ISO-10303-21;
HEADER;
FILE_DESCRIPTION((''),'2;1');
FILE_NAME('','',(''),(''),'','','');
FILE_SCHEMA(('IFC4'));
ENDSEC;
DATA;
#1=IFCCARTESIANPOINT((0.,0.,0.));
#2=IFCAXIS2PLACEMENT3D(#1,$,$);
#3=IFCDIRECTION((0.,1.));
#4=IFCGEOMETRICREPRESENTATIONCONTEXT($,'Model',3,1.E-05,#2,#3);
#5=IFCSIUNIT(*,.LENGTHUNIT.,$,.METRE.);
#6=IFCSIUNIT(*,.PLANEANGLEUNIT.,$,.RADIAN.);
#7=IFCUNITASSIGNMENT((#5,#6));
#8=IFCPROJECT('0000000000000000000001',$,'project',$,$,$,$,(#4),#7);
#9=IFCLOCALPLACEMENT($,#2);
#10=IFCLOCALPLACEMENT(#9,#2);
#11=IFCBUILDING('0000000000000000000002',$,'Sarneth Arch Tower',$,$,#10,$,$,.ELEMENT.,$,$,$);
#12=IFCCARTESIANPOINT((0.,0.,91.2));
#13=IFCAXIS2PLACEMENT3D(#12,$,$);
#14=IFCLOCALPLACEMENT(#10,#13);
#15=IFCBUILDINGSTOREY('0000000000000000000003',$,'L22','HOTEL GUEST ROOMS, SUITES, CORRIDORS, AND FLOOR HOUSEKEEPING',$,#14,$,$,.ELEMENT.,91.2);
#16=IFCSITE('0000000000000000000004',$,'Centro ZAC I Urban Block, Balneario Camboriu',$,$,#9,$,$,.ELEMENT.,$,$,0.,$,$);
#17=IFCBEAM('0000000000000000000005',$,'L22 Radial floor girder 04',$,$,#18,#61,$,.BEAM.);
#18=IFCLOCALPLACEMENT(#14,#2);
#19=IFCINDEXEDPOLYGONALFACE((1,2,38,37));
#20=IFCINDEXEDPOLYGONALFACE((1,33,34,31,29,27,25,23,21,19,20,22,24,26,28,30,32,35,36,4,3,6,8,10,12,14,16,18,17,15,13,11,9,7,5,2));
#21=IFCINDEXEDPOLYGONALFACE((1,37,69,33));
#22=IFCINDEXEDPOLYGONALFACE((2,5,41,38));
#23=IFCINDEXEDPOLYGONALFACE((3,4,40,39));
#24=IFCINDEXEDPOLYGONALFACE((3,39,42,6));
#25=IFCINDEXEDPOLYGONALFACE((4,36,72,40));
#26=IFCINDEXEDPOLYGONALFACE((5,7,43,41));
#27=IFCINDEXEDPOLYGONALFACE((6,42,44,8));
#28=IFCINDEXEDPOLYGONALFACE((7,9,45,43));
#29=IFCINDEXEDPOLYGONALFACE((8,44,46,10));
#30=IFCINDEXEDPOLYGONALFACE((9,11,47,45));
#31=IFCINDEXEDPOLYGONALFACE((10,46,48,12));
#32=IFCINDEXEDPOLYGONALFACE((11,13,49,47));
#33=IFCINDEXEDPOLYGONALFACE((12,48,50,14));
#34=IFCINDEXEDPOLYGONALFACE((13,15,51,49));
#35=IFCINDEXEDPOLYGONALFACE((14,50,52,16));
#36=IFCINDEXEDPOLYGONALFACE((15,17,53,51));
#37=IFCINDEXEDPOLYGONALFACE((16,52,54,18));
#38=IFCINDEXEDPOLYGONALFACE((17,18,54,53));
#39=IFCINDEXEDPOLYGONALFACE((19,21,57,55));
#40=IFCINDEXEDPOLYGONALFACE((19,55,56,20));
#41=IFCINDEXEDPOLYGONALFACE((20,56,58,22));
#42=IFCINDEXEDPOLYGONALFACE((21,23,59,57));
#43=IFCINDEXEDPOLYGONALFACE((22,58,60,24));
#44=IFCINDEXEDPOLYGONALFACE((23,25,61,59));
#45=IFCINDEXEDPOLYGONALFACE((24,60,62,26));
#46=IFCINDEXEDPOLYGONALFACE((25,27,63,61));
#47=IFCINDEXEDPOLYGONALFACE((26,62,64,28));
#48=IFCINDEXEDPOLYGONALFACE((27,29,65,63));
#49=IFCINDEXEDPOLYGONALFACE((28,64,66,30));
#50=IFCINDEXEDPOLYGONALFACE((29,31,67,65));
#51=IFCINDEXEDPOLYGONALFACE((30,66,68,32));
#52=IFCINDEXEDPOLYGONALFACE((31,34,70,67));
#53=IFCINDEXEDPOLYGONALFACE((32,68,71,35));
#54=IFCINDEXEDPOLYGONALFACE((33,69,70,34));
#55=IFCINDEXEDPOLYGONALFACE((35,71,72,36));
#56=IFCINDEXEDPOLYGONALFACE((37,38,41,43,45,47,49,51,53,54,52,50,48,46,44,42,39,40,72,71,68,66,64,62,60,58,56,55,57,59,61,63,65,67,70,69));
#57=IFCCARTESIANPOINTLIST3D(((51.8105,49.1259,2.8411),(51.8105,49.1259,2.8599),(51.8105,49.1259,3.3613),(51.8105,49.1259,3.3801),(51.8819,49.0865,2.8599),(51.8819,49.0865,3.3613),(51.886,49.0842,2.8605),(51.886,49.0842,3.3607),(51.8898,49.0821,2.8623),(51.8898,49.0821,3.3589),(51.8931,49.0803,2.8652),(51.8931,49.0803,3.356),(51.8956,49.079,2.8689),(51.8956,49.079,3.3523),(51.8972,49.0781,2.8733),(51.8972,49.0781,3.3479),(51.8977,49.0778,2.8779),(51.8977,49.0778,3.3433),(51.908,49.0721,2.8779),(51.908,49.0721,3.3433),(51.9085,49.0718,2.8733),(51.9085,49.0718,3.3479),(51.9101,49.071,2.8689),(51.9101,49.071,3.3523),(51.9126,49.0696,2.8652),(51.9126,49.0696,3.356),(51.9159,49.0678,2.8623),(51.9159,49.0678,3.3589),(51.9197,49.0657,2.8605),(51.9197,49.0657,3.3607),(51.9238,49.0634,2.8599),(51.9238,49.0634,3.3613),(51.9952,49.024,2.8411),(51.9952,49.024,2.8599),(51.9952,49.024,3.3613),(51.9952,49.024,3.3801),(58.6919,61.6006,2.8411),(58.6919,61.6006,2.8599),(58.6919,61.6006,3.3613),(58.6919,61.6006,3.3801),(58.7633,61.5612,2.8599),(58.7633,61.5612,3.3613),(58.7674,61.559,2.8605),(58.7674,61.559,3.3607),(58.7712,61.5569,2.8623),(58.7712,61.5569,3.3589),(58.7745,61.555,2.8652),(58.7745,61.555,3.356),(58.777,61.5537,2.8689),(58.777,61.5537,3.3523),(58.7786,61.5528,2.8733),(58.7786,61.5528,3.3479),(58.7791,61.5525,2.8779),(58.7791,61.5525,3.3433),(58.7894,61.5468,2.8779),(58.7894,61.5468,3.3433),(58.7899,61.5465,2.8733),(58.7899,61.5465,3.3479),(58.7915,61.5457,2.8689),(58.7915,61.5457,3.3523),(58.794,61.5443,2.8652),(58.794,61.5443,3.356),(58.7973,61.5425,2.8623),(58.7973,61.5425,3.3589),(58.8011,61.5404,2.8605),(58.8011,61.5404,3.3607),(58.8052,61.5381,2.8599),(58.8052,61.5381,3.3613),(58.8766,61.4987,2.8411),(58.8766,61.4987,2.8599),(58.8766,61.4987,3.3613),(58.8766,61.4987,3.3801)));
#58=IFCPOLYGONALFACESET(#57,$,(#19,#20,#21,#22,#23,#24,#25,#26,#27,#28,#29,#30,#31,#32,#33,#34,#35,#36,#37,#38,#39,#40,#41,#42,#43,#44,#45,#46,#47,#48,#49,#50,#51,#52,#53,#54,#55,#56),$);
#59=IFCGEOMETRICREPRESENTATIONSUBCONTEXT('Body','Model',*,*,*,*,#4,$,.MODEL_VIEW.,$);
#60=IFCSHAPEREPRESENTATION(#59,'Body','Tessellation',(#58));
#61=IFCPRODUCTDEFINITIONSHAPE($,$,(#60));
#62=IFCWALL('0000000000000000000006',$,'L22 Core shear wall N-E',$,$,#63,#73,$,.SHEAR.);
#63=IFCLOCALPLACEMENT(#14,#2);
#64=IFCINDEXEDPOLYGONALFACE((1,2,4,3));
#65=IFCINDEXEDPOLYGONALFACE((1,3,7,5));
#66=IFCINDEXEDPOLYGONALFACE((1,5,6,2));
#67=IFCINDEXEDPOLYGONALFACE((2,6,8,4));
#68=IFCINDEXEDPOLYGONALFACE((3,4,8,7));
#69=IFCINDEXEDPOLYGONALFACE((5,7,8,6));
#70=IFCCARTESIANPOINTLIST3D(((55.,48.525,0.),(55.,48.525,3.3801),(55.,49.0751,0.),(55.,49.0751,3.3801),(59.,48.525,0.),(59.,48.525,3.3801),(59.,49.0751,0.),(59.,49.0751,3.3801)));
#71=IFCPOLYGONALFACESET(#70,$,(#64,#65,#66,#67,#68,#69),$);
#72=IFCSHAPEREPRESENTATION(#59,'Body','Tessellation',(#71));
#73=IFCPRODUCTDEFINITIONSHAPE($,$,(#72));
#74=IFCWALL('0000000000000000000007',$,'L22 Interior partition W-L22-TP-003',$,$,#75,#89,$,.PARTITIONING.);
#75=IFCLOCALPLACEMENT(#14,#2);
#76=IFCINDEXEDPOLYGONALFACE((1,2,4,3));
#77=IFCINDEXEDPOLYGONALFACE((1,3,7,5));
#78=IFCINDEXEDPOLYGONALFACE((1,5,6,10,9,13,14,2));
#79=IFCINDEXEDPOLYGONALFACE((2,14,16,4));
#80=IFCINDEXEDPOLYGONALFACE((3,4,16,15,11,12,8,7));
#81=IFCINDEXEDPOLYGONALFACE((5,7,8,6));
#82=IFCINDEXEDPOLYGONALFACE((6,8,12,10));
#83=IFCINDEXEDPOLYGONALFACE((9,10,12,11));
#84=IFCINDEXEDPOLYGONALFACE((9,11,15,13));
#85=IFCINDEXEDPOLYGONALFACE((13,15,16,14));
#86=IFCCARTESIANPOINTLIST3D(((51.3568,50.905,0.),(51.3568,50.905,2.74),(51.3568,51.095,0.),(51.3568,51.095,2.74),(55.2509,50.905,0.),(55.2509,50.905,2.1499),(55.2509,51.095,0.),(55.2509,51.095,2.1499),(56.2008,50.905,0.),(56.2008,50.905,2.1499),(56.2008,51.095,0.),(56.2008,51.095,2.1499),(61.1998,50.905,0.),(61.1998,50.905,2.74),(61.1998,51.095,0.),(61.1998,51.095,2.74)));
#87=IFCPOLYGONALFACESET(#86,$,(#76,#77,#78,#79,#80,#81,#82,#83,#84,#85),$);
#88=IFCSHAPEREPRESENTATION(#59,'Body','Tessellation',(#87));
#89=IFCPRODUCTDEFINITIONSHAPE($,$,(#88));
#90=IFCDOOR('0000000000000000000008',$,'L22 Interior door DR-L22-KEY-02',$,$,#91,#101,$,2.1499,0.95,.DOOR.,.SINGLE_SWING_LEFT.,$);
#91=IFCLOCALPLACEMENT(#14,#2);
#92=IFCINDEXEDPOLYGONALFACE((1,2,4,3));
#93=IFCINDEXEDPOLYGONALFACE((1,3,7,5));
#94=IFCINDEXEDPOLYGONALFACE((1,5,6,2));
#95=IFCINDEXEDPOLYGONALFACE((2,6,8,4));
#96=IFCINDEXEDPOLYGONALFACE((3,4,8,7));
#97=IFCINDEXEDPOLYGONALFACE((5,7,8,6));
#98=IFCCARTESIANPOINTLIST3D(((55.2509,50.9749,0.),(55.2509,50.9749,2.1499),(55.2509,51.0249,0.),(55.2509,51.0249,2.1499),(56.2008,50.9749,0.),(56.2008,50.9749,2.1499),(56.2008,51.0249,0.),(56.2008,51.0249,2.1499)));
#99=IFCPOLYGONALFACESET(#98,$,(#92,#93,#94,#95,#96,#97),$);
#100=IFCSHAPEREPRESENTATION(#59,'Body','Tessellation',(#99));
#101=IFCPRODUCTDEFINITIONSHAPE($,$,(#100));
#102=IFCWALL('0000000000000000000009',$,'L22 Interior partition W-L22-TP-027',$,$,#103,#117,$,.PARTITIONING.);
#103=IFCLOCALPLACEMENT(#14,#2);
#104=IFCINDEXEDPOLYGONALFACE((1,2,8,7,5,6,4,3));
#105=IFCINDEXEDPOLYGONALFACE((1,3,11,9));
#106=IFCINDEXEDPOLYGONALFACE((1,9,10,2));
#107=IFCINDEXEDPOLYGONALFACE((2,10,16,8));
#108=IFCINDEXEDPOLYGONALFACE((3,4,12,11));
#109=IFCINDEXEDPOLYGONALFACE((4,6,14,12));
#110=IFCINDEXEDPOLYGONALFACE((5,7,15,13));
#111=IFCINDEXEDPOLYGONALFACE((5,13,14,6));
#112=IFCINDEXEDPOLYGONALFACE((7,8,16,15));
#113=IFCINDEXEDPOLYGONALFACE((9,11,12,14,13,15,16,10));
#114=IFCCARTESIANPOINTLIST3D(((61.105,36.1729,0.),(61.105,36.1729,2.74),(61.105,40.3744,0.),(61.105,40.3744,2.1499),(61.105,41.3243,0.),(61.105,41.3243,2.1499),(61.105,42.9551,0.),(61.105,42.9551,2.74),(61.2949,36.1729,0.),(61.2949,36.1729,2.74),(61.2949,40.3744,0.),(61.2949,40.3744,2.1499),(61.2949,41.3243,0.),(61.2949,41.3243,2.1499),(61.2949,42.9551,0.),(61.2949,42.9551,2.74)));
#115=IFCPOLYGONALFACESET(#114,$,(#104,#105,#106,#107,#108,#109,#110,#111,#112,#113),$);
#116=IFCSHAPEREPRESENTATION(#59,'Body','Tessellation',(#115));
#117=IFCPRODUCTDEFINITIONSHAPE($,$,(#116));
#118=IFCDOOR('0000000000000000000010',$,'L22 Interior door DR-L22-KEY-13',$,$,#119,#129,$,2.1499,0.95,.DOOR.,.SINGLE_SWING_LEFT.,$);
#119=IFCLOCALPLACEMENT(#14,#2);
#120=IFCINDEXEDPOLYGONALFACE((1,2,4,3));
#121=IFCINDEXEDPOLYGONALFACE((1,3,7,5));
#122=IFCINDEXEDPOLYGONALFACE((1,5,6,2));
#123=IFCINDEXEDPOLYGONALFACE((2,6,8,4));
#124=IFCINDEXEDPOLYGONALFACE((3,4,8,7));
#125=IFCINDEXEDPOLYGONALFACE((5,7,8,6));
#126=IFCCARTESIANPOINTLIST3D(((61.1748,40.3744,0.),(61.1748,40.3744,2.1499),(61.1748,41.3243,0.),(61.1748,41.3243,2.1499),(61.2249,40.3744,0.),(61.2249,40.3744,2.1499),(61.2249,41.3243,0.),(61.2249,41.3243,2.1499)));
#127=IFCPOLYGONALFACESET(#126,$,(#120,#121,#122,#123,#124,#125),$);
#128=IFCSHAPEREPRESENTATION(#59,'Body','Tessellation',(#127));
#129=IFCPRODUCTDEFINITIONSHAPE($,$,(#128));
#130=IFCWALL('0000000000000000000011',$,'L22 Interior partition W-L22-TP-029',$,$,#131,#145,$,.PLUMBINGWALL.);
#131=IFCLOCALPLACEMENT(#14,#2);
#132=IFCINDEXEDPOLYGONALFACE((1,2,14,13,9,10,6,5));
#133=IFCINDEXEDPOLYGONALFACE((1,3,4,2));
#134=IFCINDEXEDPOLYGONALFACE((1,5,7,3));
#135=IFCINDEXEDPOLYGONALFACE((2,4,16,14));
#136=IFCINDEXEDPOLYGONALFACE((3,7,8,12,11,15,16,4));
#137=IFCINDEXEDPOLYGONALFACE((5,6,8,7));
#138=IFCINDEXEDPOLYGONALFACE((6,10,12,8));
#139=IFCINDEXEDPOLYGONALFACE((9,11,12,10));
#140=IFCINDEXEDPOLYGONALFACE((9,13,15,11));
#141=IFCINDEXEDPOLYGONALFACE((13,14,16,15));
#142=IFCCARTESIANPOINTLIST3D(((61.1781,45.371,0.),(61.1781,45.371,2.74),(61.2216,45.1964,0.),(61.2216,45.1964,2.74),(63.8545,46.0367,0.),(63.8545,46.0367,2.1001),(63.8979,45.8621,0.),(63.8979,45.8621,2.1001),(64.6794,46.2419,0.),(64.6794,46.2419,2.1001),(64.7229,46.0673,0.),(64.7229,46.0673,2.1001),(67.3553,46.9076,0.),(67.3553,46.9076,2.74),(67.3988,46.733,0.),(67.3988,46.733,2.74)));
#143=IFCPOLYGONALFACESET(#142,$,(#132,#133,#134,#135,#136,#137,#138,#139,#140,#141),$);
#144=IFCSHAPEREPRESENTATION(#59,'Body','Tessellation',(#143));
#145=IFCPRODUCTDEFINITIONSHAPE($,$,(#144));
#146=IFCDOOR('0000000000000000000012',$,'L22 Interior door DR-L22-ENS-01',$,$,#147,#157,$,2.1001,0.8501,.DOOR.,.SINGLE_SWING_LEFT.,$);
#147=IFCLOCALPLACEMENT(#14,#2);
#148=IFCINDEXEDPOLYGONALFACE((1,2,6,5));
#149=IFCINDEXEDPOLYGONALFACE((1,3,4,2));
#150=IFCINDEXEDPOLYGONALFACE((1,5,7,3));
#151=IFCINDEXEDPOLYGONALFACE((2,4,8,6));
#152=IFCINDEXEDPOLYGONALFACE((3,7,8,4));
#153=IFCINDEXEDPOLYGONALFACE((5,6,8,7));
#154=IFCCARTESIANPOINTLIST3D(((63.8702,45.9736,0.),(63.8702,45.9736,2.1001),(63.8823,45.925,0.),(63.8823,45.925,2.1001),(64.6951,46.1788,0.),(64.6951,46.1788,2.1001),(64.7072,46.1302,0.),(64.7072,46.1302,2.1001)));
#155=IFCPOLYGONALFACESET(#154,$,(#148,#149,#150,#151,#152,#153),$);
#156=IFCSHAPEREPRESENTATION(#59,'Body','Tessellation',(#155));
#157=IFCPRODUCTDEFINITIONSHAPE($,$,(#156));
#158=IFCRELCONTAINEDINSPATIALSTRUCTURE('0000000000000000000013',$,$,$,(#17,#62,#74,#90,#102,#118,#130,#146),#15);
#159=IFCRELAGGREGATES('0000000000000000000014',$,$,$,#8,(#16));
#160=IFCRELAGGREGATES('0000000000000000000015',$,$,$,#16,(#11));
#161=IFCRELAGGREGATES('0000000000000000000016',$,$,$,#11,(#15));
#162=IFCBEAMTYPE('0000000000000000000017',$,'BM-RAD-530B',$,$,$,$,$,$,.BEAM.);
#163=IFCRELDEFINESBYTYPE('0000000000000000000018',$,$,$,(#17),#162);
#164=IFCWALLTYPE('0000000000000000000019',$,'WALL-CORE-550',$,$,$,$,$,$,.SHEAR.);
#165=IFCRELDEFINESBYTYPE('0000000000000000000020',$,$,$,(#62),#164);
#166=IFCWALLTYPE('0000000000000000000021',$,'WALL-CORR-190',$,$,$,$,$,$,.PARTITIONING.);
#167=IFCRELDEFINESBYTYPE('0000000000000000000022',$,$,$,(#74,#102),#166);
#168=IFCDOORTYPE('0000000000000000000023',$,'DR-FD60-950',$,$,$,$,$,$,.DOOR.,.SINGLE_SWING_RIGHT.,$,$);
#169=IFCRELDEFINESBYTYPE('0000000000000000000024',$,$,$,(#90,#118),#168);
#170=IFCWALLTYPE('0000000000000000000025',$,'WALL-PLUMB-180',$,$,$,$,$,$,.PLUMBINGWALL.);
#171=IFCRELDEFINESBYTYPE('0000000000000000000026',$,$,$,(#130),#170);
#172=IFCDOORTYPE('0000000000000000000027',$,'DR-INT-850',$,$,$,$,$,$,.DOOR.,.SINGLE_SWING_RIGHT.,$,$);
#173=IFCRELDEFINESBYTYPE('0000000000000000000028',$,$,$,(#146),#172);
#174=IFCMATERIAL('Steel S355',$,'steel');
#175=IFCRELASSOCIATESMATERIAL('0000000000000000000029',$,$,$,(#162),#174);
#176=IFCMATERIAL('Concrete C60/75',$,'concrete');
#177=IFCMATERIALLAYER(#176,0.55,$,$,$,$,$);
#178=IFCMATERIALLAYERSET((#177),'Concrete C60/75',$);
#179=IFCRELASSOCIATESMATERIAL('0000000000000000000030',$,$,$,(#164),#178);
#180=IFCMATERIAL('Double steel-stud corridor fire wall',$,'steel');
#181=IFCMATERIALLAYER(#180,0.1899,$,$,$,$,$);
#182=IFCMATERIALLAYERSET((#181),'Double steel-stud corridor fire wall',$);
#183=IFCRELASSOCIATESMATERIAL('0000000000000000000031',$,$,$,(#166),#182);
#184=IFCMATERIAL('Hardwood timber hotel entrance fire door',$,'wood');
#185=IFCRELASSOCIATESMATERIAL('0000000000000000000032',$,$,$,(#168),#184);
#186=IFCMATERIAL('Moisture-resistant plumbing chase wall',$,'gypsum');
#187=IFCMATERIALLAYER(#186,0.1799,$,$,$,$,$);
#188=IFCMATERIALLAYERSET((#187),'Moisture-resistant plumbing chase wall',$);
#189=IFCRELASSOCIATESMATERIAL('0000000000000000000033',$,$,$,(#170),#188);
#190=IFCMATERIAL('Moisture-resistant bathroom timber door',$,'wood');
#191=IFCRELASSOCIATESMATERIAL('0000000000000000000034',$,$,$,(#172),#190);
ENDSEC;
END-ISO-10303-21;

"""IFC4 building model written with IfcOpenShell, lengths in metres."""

from ifc_helpers import new_model, si_unit, direction, frame, frame_2d, origin, origin_2d, place, context, subcontext, project, spatial, rectangle, i_section, extrude, material, layer, layer_set, material_profile, profile_set, type_object, element, fill, save


model = new_model("IFC4")

# Units and contexts
model_context = context("Model", 3, precision=1e-05, world=origin(), true_north=direction((0.0, 1.0)))
body_context = subcontext(model_context, "Body", "Model", "MODEL_VIEW")
ifc_project = project(units=[si_unit("LENGTHUNIT", "METRE"), si_unit("PLANEANGLEUNIT", "RADIAN")], contexts=[model_context])

# Site, building, storey
site_placement = place(None, origin())
site = spatial("IfcSite", under=ifc_project, at=site_placement, Name="Centro ZAC I Urban Block, Balneario Camboriu", CompositionType="ELEMENT", RefElevation=0.0)
building_placement = place(site_placement, origin())
building = spatial("IfcBuilding", under=site, at=building_placement, Name="Sarneth Arch Tower", CompositionType="ELEMENT")
storey_placement = place(building_placement, frame((0.0, 0.0, 91.2)))
storey = spatial("IfcBuildingStorey", under=building, at=storey_placement, Name="L22", Description="HOTEL GUEST ROOMS, SUITES, CORRIDORS, AND FLOOR HOUSEKEEPING", CompositionType="ELEMENT", Elevation=91.2)

# Beam
ifc_material_1 = material(Name="Steel S355", Category="steel")
ifc_material_profile_1 = material_profile(ifc_material_1, i_section(OverallWidth=0.2109, OverallDepth=0.5391, WebThickness=0.0117, FlangeThickness=0.0188, FilletRadius=0.0181, at=origin_2d()), Name="W530x109")
ifc_profile_set_1 = profile_set([ifc_material_profile_1], Name="Steel S355")
beam_type_1 = type_object("IfcBeamType", Name="BM-RAD-530B", PredefinedType="BEAM", material=ifc_profile_set_1)
beam_1_placement = place(storey_placement, frame((51.9028, 49.075, 3.1106), z_axis=(0.483013, 0.875613, 0.0), x_axis=(-0.875613, 0.483013, 0.0)))
element("IfcBeam", 1, at=beam_1_placement, inside=storey, type_object=beam_type_1, Name="L22 Radial floor girder 04", PredefinedType="BEAM", context=body_context, shape_type="SweptSolid", body=[
    extrude(i_section(OverallWidth=0.2109, OverallDepth=0.5391, WebThickness=0.0117, FlangeThickness=0.0188, FilletRadius=0.0181, at=origin_2d()), origin(), (0.0, 0.0, 1.0), 14.2468),
])

# Wall
ifc_material_2 = material(Name="Concrete C60/75", Category="concrete")
ifc_layer_1 = layer(ifc_material_2, 0.55)
ifc_layer_set_1 = layer_set([ifc_layer_1], Name="Concrete C60/75")
wall_type_1 = type_object("IfcWallType", Name="WALL-CORE-550", PredefinedType="SHEAR", material=ifc_layer_set_1)
wall_1_placement = place(storey_placement, frame((55.0, 48.8, 0.0), z_axis=(0.0, 0.0, 1.0), x_axis=(1.0, 0.0, 0.0)))
element("IfcWall", 2, at=wall_1_placement, inside=storey, type_object=wall_type_1, Name="L22 Core shear wall N-E", PredefinedType="SHEAR", context=body_context, shape_type="SweptSolid", body=[
    extrude(rectangle(XDim=4.0, YDim=0.55, at=frame_2d((2.0, 0.0))), origin(), (0.0, 0.0, 1.0), 3.3801),
])

# Walls, openings, doors
ifc_material_3 = material(Name="Double steel-stud corridor fire wall", Category="steel")
ifc_layer_2 = layer(ifc_material_3, 0.1899)
ifc_layer_set_2 = layer_set([ifc_layer_2], Name="Double steel-stud corridor fire wall")
wall_type_2 = type_object("IfcWallType", Name="WALL-CORR-190", PredefinedType="PARTITIONING", material=ifc_layer_set_2)
wall_2_placement = place(storey_placement, frame((51.3569, 51.0, 0.0), z_axis=(0.0, 0.0, 1.0), x_axis=(1.0, 0.0, 0.0)))
wall_2 = element("IfcWall", 3, at=wall_2_placement, inside=storey, type_object=wall_type_2, Name="L22 Interior partition W-L22-TP-003", PredefinedType="PARTITIONING", context=body_context, shape_type="SweptSolid", body=[
    extrude(rectangle(XDim=9.843, YDim=0.1899, at=frame_2d((4.9214, 0.0))), origin(), (0.0, 0.0, 1.0), 2.74),
])
opening_1_placement = place(wall_2_placement, frame((3.8938, 0.0, 0.0)))
opening_1 = element("IfcOpeningElement", 4, at=opening_1_placement, cuts=wall_2, PredefinedType="OPENING", context=body_context, shape_type="SweptSolid", body=[
    extrude(rectangle(XDim=0.95, YDim=2.1499, at=frame_2d((0.4751, 1.075))), frame((0.0, 0.105, 0.0), z_axis=(0.0, -1.0, 0.0), x_axis=(1.0, 0.0, 0.0)), (0.0, 0.0, 1.0), 0.21),
])
ifc_material_4 = material(Name="Hardwood timber hotel entrance fire door", Category="wood")
door_type_1 = type_object("IfcDoorType", Name="DR-FD60-950", OperationType="SINGLE_SWING_RIGHT", PredefinedType="DOOR", material=ifc_material_4)
door_1_placement = place(opening_1_placement, origin())
door_1 = element("IfcDoor", 5, at=door_1_placement, inside=storey, type_object=door_type_1, Name="L22 Interior door DR-L22-KEY-02", OperationType="SINGLE_SWING_LEFT", OverallHeight=2.1499, OverallWidth=0.95, PredefinedType="DOOR", context=body_context, shape_type="SweptSolid", body=[
    extrude(rectangle(XDim=0.95, YDim=2.1499, at=frame_2d((0.4751, 1.075))), frame((0.0, 0.0249, 0.0), z_axis=(0.0, -1.0, 0.0), x_axis=(1.0, 0.0, 0.0)), (0.0, 0.0, 1.0), 0.05),
])
fill(opening_1, door_1)
wall_3_placement = place(storey_placement, frame((61.2, 42.9551, 0.0), z_axis=(0.0, 0.0, 1.0), x_axis=(0.0, -1.0, 0.0)))
wall_3 = element("IfcWall", 6, at=wall_3_placement, inside=storey, type_object=wall_type_2, Name="L22 Interior partition W-L22-TP-027", PredefinedType="PARTITIONING", context=body_context, shape_type="SweptSolid", body=[
    extrude(rectangle(XDim=6.7822, YDim=0.1899, at=frame_2d((3.3911, 0.0))), origin(), (0.0, 0.0, 1.0), 2.74),
])
opening_2_placement = place(wall_3_placement, frame((1.6306, 0.0, 0.0)))
opening_2 = element("IfcOpeningElement", 7, at=opening_2_placement, cuts=wall_3, PredefinedType="OPENING", context=body_context, shape_type="SweptSolid", body=[
    extrude(rectangle(XDim=0.95, YDim=2.1499, at=frame_2d((0.4751, 1.075))), frame((0.0, 0.105, 0.0), z_axis=(0.0, -1.0, 0.0), x_axis=(1.0, 0.0, 0.0)), (0.0, 0.0, 1.0), 0.21),
])
door_2_placement = place(opening_2_placement, origin())
door_2 = element("IfcDoor", 8, at=door_2_placement, inside=storey, type_object=door_type_1, Name="L22 Interior door DR-L22-KEY-13", OperationType="SINGLE_SWING_LEFT", OverallHeight=2.1499, OverallWidth=0.95, PredefinedType="DOOR", context=body_context, shape_type="SweptSolid", body=[
    extrude(rectangle(XDim=0.95, YDim=2.1499, at=frame_2d((0.4751, 1.075))), frame((0.0, 0.0249, 0.0), z_axis=(0.0, -1.0, 0.0), x_axis=(1.0, 0.0, 0.0)), (0.0, 0.0, 1.0), 0.05),
])
fill(opening_2, door_2)
ifc_material_5 = material(Name="Moisture-resistant plumbing chase wall", Category="gypsum")
ifc_layer_3 = layer(ifc_material_5, 0.1799)
ifc_layer_set_3 = layer_set([ifc_layer_3], Name="Moisture-resistant plumbing chase wall")
wall_type_3 = type_object("IfcWallType", Name="WALL-PLUMB-180", PredefinedType="PLUMBINGWALL", material=ifc_layer_set_3)
wall_4_placement = place(storey_placement, frame((61.2, 45.2837, 0.0), z_axis=(0.0, 0.0, 1.0), x_axis=(0.970426, 0.241398, 0.0)))
wall_4 = element("IfcWall", 9, at=wall_4_placement, inside=storey, type_object=wall_type_3, Name="L22 Interior partition W-L22-TP-029", PredefinedType="PLUMBINGWALL", context=body_context, shape_type="SweptSolid", body=[
    extrude(rectangle(XDim=6.3655, YDim=0.1799, at=frame_2d((3.1826, 0.0))), origin(), (0.0, 0.0, 1.0), 2.74),
])
opening_3_placement = place(wall_4_placement, frame((2.7578, 0.0, 0.0)))
opening_3 = element("IfcOpeningElement", 10, at=opening_3_placement, cuts=wall_4, PredefinedType="OPENING", context=body_context, shape_type="SweptSolid", body=[
    extrude(rectangle(XDim=0.8501, YDim=2.1001, at=frame_2d((0.425, 1.05))), frame((0.0, 0.0999, 0.0), z_axis=(0.0, -1.0, 0.0), x_axis=(1.0, 0.0, 0.0)), (0.0, 0.0, 1.0), 0.2),
])
ifc_material_6 = material(Name="Moisture-resistant bathroom timber door", Category="wood")
door_type_2 = type_object("IfcDoorType", Name="DR-INT-850", OperationType="SINGLE_SWING_RIGHT", PredefinedType="DOOR", material=ifc_material_6)
door_3_placement = place(opening_3_placement, origin())
door_3 = element("IfcDoor", 11, at=door_3_placement, inside=storey, type_object=door_type_2, Name="L22 Interior door DR-L22-ENS-01", OperationType="SINGLE_SWING_LEFT", OverallHeight=2.1001, OverallWidth=0.8501, PredefinedType="DOOR", context=body_context, shape_type="SweptSolid", body=[
    extrude(rectangle(XDim=0.8501, YDim=2.1001, at=frame_2d((0.425, 1.05))), frame((0.0, 0.0249, 0.0), z_axis=(0.0, -1.0, 0.0), x_axis=(1.0, 0.0, 0.0)), (0.0, 0.0, 1.0), 0.05),
])
fill(opening_3, door_3)

save(model, "model.ifc")
